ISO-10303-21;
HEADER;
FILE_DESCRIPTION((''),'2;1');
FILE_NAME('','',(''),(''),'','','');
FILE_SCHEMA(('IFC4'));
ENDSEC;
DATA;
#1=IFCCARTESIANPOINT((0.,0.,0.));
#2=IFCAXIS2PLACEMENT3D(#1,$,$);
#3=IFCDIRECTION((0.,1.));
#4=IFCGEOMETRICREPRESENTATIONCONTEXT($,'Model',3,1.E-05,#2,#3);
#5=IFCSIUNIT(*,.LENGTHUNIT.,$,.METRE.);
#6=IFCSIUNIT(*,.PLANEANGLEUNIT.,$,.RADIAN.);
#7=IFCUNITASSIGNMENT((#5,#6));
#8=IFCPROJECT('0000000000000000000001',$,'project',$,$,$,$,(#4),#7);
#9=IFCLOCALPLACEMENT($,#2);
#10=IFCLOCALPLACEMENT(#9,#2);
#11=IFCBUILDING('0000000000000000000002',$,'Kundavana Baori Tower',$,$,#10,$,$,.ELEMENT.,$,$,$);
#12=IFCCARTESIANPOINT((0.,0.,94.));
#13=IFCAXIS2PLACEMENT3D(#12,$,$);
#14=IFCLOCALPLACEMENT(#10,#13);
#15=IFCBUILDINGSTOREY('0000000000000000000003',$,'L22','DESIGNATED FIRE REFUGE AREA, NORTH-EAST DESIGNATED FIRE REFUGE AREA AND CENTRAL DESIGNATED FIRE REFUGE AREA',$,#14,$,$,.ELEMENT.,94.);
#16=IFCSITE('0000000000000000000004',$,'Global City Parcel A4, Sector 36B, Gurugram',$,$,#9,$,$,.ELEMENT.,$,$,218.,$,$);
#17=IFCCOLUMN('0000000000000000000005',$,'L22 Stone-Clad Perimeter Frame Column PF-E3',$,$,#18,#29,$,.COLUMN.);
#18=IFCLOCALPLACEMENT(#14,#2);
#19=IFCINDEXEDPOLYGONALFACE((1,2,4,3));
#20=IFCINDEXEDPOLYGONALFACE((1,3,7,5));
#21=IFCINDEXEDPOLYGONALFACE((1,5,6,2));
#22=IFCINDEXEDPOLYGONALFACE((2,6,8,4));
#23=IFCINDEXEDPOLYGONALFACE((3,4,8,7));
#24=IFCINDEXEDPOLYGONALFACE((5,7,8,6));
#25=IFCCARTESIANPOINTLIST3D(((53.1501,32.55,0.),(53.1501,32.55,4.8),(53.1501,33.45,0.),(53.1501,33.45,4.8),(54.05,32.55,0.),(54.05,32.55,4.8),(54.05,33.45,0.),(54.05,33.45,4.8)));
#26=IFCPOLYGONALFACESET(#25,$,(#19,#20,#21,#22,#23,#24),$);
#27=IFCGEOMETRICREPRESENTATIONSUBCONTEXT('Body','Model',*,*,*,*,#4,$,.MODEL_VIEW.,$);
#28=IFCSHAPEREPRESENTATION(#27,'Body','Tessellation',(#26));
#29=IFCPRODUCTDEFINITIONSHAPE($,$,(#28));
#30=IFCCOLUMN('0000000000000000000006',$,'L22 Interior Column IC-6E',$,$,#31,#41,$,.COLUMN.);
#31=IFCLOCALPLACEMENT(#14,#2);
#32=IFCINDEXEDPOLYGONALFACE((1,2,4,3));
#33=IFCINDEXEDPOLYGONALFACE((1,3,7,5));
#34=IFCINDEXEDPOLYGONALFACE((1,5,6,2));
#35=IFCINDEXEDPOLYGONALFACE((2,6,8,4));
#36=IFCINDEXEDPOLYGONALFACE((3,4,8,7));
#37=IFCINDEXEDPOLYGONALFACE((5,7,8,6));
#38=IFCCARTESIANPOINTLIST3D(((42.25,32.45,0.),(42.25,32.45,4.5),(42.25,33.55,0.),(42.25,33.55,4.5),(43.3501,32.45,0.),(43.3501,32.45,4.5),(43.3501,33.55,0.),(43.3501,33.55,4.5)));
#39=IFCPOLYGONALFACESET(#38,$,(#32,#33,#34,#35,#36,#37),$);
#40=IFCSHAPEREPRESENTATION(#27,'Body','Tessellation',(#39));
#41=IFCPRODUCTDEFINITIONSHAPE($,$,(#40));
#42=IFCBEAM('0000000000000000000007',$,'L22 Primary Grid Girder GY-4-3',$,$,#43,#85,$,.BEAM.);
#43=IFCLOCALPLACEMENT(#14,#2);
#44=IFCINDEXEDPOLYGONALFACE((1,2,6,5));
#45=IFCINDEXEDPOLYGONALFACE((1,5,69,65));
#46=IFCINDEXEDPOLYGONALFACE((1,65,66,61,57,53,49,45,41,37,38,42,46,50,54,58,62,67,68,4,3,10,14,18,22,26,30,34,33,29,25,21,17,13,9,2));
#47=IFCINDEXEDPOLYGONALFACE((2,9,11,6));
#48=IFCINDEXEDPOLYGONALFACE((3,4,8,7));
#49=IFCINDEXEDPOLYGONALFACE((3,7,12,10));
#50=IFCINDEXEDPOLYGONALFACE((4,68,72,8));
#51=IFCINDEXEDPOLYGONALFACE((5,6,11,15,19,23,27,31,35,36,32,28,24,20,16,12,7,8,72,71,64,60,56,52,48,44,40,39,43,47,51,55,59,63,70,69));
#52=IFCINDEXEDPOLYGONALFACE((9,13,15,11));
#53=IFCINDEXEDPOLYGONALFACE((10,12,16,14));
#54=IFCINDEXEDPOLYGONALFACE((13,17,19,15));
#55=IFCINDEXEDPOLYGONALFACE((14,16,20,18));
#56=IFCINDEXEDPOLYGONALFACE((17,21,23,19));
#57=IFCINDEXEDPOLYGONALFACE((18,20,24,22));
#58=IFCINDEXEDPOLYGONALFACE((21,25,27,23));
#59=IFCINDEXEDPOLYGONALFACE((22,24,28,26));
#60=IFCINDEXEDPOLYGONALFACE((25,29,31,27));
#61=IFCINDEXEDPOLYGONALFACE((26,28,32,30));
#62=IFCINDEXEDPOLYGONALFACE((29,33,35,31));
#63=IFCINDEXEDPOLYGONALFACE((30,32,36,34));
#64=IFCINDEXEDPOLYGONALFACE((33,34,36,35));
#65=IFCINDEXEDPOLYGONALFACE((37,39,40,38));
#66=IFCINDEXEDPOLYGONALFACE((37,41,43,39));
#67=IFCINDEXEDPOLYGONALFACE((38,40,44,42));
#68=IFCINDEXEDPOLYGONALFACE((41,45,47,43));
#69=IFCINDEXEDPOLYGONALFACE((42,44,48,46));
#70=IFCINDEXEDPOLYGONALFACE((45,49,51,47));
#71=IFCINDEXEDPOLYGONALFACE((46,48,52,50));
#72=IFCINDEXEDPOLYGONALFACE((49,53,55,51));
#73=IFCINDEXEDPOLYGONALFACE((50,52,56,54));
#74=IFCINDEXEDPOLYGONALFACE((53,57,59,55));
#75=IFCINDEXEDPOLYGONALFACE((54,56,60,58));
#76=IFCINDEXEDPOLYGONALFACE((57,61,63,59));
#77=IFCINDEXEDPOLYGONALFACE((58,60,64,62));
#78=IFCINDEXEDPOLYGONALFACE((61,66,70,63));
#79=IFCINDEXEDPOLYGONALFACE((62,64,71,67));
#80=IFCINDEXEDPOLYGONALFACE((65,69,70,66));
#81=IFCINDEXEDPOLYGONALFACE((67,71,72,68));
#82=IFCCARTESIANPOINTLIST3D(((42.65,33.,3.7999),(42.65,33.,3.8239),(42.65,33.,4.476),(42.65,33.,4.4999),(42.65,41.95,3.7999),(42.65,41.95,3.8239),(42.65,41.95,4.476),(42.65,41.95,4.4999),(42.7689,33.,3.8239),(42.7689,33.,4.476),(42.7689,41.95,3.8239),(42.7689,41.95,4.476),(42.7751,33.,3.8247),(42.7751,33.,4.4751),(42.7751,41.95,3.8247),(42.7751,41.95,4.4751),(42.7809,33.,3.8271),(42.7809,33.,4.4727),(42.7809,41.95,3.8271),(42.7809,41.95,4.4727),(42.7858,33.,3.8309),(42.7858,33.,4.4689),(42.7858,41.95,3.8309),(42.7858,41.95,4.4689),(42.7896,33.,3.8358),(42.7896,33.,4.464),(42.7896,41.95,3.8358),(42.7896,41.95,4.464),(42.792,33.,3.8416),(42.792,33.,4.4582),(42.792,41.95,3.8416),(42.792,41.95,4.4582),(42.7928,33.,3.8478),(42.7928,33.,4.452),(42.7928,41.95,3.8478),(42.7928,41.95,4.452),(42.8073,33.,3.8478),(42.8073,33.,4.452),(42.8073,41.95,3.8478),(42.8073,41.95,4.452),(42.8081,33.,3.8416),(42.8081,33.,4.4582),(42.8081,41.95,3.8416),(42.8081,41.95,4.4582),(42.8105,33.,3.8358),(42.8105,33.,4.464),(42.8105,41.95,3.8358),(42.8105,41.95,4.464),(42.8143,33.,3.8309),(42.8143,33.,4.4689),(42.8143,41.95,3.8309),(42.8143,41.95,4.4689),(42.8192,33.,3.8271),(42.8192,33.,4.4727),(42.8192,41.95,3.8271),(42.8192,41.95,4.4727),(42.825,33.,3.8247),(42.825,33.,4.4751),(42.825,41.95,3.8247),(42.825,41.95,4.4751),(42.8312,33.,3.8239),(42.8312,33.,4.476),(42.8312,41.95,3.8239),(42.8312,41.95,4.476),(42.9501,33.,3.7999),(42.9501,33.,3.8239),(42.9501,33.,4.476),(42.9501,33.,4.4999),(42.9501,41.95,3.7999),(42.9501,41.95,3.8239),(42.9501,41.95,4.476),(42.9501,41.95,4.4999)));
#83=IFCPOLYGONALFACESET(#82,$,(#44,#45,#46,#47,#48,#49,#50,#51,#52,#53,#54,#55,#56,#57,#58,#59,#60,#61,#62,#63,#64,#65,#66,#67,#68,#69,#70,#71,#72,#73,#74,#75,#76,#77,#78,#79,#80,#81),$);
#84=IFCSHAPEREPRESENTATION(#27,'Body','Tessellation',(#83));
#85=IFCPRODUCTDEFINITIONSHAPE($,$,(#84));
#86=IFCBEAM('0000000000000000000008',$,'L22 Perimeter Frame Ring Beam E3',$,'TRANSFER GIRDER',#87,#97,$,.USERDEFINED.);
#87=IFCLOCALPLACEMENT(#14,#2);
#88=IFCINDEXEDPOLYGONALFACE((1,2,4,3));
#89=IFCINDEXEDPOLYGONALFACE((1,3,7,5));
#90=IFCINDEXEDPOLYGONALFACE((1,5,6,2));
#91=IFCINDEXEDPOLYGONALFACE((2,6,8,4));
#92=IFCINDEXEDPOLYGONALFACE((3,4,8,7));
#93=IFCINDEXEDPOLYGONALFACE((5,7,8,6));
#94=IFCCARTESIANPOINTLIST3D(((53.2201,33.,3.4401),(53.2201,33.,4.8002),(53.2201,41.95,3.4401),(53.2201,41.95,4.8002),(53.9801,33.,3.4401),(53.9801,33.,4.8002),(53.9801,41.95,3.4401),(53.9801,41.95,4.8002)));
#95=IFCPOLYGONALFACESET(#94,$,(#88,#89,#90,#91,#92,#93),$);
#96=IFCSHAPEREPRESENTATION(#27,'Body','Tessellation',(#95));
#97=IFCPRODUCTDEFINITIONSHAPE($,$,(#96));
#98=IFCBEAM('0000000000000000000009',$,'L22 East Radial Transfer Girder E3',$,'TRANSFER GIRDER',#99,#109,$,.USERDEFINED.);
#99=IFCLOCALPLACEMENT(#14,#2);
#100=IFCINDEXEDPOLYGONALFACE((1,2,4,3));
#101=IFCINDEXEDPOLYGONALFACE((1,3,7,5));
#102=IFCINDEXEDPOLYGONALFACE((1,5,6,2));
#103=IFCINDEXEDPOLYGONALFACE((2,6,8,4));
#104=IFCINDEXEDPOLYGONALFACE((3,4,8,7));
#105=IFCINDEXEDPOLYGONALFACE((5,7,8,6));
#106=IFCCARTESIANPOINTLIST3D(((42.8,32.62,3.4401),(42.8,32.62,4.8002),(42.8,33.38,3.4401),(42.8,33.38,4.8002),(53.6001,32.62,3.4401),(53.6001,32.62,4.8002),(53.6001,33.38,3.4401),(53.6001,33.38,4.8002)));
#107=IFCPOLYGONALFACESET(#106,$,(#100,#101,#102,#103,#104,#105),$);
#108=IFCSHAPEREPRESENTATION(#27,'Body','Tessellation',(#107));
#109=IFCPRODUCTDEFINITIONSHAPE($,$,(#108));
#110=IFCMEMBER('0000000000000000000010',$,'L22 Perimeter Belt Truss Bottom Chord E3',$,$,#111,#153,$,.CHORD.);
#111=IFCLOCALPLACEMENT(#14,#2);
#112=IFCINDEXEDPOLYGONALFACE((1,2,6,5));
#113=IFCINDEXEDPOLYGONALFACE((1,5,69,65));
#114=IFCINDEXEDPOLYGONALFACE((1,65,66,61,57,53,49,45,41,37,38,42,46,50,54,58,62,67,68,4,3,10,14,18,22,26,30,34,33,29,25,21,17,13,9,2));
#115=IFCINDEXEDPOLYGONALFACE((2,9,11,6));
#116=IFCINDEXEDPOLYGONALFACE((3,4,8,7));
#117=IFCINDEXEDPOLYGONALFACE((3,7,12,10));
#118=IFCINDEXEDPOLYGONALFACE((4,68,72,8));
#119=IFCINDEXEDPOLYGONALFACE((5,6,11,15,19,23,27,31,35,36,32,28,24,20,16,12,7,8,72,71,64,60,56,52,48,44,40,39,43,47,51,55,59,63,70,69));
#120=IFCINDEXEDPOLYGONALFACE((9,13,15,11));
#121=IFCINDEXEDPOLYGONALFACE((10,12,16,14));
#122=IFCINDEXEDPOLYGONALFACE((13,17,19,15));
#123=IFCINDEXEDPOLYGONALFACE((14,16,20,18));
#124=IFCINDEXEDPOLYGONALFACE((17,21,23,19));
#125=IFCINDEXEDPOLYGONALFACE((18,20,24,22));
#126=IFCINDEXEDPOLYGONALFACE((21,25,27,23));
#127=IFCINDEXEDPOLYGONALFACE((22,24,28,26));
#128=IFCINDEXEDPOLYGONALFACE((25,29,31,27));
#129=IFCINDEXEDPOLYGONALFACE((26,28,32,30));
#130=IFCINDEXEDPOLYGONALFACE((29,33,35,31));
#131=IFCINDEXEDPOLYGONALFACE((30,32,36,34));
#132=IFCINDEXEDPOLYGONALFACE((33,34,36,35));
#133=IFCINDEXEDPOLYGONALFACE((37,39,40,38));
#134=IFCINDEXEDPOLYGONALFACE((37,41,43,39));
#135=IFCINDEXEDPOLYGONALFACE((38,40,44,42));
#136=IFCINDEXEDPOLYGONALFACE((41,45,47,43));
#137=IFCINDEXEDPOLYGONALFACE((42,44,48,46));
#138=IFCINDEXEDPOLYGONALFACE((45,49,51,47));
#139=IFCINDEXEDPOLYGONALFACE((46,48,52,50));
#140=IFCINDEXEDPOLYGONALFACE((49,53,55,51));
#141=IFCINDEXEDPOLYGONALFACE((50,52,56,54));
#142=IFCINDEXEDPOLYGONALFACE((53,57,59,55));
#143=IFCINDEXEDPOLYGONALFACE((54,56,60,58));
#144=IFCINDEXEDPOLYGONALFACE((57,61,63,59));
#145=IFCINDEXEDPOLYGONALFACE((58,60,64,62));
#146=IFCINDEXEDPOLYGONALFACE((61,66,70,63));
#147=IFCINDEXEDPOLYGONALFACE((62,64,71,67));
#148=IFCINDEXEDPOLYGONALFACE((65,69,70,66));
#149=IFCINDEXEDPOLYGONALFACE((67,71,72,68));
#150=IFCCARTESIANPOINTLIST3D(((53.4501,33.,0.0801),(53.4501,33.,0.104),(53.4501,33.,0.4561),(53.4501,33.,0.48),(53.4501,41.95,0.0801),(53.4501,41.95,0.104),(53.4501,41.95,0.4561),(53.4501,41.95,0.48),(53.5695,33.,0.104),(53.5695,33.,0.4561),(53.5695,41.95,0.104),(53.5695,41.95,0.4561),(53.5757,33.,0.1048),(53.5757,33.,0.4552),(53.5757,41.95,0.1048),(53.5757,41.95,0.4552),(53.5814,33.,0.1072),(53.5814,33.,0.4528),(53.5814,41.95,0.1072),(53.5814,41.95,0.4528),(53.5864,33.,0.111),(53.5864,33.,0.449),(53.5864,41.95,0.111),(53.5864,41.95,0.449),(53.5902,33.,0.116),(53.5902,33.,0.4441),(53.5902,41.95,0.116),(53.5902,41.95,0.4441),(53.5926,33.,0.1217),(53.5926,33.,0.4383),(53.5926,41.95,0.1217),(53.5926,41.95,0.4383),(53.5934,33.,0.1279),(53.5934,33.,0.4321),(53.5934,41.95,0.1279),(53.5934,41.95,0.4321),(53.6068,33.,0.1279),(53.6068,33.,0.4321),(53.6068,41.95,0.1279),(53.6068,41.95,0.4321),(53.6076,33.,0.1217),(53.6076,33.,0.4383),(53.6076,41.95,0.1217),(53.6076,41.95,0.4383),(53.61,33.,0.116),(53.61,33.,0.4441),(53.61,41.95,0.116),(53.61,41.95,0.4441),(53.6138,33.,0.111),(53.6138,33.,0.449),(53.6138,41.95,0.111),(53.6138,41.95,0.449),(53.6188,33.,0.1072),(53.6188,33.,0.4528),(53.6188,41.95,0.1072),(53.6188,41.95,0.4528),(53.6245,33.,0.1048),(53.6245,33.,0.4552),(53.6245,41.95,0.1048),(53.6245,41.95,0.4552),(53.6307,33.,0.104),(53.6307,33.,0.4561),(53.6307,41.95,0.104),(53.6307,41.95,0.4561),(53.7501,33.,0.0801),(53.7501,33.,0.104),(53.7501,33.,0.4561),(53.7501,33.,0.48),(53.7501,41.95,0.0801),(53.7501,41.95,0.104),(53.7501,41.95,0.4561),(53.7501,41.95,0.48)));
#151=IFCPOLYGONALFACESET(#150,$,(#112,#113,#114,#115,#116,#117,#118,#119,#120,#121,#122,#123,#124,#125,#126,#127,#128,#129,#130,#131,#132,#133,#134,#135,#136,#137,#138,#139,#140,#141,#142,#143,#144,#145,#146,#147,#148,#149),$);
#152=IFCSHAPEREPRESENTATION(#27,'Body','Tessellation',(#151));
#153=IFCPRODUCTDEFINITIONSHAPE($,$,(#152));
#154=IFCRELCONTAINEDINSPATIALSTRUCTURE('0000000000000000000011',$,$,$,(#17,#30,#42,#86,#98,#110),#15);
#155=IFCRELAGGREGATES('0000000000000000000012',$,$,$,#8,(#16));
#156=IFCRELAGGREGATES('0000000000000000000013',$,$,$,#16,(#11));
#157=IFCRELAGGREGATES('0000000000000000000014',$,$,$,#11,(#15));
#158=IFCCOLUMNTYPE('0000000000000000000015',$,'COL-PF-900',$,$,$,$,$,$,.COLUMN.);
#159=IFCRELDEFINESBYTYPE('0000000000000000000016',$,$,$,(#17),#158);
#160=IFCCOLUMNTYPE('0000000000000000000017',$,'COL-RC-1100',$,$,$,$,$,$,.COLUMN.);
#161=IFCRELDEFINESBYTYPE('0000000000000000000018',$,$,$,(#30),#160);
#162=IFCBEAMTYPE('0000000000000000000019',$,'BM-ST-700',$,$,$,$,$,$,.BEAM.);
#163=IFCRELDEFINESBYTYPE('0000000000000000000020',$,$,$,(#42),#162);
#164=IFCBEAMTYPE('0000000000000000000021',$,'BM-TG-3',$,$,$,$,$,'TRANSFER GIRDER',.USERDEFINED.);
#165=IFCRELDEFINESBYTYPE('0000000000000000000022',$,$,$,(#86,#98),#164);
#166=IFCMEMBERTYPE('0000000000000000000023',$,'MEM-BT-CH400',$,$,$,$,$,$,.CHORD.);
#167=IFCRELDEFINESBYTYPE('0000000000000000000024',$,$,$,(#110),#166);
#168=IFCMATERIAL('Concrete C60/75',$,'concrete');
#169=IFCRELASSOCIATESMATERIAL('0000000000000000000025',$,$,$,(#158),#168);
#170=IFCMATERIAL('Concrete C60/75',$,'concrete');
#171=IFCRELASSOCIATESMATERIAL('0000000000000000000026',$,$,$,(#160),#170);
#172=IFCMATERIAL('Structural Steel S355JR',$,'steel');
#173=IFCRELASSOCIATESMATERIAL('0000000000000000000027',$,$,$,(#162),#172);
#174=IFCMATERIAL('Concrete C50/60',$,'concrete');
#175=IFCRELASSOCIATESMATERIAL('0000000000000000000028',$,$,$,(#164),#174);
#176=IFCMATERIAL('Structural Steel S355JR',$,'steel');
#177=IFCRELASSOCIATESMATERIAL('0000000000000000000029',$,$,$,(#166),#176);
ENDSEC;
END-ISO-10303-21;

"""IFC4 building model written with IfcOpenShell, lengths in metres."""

from ifc_helpers import new_model, si_unit, direction, frame, origin, origin_2d, place, context, subcontext, project, spatial, rectangle, i_section, extrude, material, material_profile, profile_set, type_object, element, save


model = new_model("IFC4")

# Units and contexts
model_context = context("Model", 3, precision=1e-05, world=origin(), true_north=direction((0.0, 1.0)))
body_context = subcontext(model_context, "Body", "Model", "MODEL_VIEW")
ifc_project = project(units=[si_unit("LENGTHUNIT", "METRE"), si_unit("PLANEANGLEUNIT", "RADIAN")], contexts=[model_context])

# Site, building, storey
site_placement = place(None, origin())
site = spatial("IfcSite", under=ifc_project, at=site_placement, Name="Global City Parcel A4, Sector 36B, Gurugram", CompositionType="ELEMENT", RefElevation=218.0)
building_placement = place(site_placement, origin())
building = spatial("IfcBuilding", under=site, at=building_placement, Name="Kundavana Baori Tower", CompositionType="ELEMENT")
storey_placement = place(building_placement, frame((0.0, 0.0, 94.0)))
storey = spatial("IfcBuildingStorey", under=building, at=storey_placement, Name="L22", Description="DESIGNATED FIRE REFUGE AREA, NORTH-EAST DESIGNATED FIRE REFUGE AREA AND CENTRAL DESIGNATED FIRE REFUGE AREA", CompositionType="ELEMENT", Elevation=94.0)

# Columns
ifc_material_1 = material(Name="Concrete C60/75", Category="concrete")
ifc_material_profile_1 = material_profile(ifc_material_1, rectangle(XDim=0.8999, YDim=0.8999, at=origin_2d()), Name="RC PF 900x900")
ifc_profile_set_1 = profile_set([ifc_material_profile_1], Name="Concrete C60/75")
column_type_1 = type_object("IfcColumnType", Name="COL-PF-900", PredefinedType="COLUMN", material=ifc_profile_set_1)
column_1_placement = place(storey_placement, frame((53.6001, 33.0, 0.0), z_axis=(0.0, 0.0, 1.0), x_axis=(1.0, 0.0, 0.0)))
element("IfcColumn", 1, at=column_1_placement, inside=storey, type_object=column_type_1, Name="L22 Stone-Clad Perimeter Frame Column PF-E3", PredefinedType="COLUMN", context=body_context, shape_type="SweptSolid", body=[
    extrude(rectangle(XDim=0.8999, YDim=0.8999, at=origin_2d()), origin(), (0.0, 0.0, 1.0), 4.8),
])
ifc_material_2 = material(Name="Concrete C60/75", Category="concrete")
ifc_material_profile_2 = material_profile(ifc_material_2, rectangle(XDim=1.1001, YDim=1.1001, at=origin_2d()), Name="RC 1100x1100")
ifc_profile_set_2 = profile_set([ifc_material_profile_2], Name="Concrete C60/75")
column_type_2 = type_object("IfcColumnType", Name="COL-RC-1100", PredefinedType="COLUMN", material=ifc_profile_set_2)
column_2_placement = place(storey_placement, frame((42.8, 33.0, 0.0), z_axis=(0.0, 0.0, 1.0), x_axis=(1.0, 0.0, 0.0)))
element("IfcColumn", 2, at=column_2_placement, inside=storey, type_object=column_type_2, Name="L22 Interior Column IC-6E", PredefinedType="COLUMN", context=body_context, shape_type="SweptSolid", body=[
    extrude(rectangle(XDim=1.1001, YDim=1.1001, at=origin_2d()), origin(), (0.0, 0.0, 1.0), 4.5),
])

# Beams
ifc_material_3 = material(Name="Structural Steel S355JR", Category="steel")
ifc_material_profile_3 = material_profile(ifc_material_3, i_section(OverallWidth=0.3, OverallDepth=0.7, WebThickness=0.0144, FlangeThickness=0.0239, FilletRadius=0.0239, at=origin_2d()), Name="NPB 700x300x170")
ifc_profile_set_3 = profile_set([ifc_material_profile_3], Name="Structural Steel S355JR")
beam_type_1 = type_object("IfcBeamType", Name="BM-ST-700", PredefinedType="BEAM", material=ifc_profile_set_3)
beam_1_placement = place(storey_placement, frame((42.8, 33.0, 4.1499), z_axis=(0.0, 1.0, 0.0), x_axis=(-1.0, 0.0, 0.0)))
element("IfcBeam", 3, at=beam_1_placement, inside=storey, type_object=beam_type_1, Name="L22 Primary Grid Girder GY-4-3", PredefinedType="BEAM", context=body_context, shape_type="SweptSolid", body=[
    extrude(i_section(OverallWidth=0.3, OverallDepth=0.7, WebThickness=0.0144, FlangeThickness=0.0239, FilletRadius=0.0239, at=origin_2d()), origin(), (0.0, 0.0, 1.0), 8.95),
])
ifc_material_4 = material(Name="Concrete C50/60", Category="concrete")
ifc_material_profile_4 = material_profile(ifc_material_4, rectangle(XDim=0.76, YDim=1.3601, at=origin_2d()), Name="BM-TG-3")
ifc_profile_set_4 = profile_set([ifc_material_profile_4], Name="Concrete C50/60")
beam_type_2 = type_object("IfcBeamType", Name="BM-TG-3", ElementType="TRANSFER GIRDER", PredefinedType="USERDEFINED", material=ifc_profile_set_4)
beam_2_placement = place(storey_placement, frame((53.6001, 33.0, 4.1201), z_axis=(0.0, 1.0, 0.0), x_axis=(-1.0, 0.0, 0.0)))
element("IfcBeam", 4, at=beam_2_placement, inside=storey, type_object=beam_type_2, Name="L22 Perimeter Frame Ring Beam E3", ObjectType="TRANSFER GIRDER", PredefinedType="USERDEFINED", context=body_context, shape_type="SweptSolid", body=[
    extrude(rectangle(XDim=0.76, YDim=1.3601, at=origin_2d()), origin(), (0.0, 0.0, 1.0), 8.95),
])
beam_3_placement = place(storey_placement, frame((42.8, 33.0, 4.1201), z_axis=(1.0, 0.0, 0.0), x_axis=(0.0, 1.0, 0.0)))
element("IfcBeam", 5, at=beam_3_placement, inside=storey, type_object=beam_type_2, Name="L22 East Radial Transfer Girder E3", ObjectType="TRANSFER GIRDER", PredefinedType="USERDEFINED", context=body_context, shape_type="SweptSolid", body=[
    extrude(rectangle(XDim=0.76, YDim=1.3601, at=origin_2d()), origin(), (0.0, 0.0, 1.0), 10.8),
])

# Member
ifc_material_5 = material(Name="Structural Steel S355JR", Category="steel")
ifc_material_profile_5 = material_profile(ifc_material_5, i_section(OverallWidth=0.3, OverallDepth=0.3999, WebThickness=0.0134, FlangeThickness=0.0239, FilletRadius=0.0239, at=origin_2d()), Name="WPB 400x300x135")
ifc_profile_set_5 = profile_set([ifc_material_profile_5], Name="Structural Steel S355JR")
member_type_1 = type_object("IfcMemberType", Name="MEM-BT-CH400", PredefinedType="CHORD", material=ifc_profile_set_5)
member_1_placement = place(storey_placement, frame((53.6001, 33.0, 0.28), z_axis=(0.0, 1.0, 0.0), x_axis=(-1.0, 0.0, 0.0)))
element("IfcMember", 6, at=member_1_placement, inside=storey, type_object=member_type_1, Name="L22 Perimeter Belt Truss Bottom Chord E3", PredefinedType="CHORD", context=body_context, shape_type="SweptSolid", body=[
    extrude(i_section(OverallWidth=0.3, OverallDepth=0.3999, WebThickness=0.0134, FlangeThickness=0.0239, FilletRadius=0.0239, at=origin_2d()), origin(), (0.0, 0.0, 1.0), 8.95),
])

save(model, "model.ifc")
